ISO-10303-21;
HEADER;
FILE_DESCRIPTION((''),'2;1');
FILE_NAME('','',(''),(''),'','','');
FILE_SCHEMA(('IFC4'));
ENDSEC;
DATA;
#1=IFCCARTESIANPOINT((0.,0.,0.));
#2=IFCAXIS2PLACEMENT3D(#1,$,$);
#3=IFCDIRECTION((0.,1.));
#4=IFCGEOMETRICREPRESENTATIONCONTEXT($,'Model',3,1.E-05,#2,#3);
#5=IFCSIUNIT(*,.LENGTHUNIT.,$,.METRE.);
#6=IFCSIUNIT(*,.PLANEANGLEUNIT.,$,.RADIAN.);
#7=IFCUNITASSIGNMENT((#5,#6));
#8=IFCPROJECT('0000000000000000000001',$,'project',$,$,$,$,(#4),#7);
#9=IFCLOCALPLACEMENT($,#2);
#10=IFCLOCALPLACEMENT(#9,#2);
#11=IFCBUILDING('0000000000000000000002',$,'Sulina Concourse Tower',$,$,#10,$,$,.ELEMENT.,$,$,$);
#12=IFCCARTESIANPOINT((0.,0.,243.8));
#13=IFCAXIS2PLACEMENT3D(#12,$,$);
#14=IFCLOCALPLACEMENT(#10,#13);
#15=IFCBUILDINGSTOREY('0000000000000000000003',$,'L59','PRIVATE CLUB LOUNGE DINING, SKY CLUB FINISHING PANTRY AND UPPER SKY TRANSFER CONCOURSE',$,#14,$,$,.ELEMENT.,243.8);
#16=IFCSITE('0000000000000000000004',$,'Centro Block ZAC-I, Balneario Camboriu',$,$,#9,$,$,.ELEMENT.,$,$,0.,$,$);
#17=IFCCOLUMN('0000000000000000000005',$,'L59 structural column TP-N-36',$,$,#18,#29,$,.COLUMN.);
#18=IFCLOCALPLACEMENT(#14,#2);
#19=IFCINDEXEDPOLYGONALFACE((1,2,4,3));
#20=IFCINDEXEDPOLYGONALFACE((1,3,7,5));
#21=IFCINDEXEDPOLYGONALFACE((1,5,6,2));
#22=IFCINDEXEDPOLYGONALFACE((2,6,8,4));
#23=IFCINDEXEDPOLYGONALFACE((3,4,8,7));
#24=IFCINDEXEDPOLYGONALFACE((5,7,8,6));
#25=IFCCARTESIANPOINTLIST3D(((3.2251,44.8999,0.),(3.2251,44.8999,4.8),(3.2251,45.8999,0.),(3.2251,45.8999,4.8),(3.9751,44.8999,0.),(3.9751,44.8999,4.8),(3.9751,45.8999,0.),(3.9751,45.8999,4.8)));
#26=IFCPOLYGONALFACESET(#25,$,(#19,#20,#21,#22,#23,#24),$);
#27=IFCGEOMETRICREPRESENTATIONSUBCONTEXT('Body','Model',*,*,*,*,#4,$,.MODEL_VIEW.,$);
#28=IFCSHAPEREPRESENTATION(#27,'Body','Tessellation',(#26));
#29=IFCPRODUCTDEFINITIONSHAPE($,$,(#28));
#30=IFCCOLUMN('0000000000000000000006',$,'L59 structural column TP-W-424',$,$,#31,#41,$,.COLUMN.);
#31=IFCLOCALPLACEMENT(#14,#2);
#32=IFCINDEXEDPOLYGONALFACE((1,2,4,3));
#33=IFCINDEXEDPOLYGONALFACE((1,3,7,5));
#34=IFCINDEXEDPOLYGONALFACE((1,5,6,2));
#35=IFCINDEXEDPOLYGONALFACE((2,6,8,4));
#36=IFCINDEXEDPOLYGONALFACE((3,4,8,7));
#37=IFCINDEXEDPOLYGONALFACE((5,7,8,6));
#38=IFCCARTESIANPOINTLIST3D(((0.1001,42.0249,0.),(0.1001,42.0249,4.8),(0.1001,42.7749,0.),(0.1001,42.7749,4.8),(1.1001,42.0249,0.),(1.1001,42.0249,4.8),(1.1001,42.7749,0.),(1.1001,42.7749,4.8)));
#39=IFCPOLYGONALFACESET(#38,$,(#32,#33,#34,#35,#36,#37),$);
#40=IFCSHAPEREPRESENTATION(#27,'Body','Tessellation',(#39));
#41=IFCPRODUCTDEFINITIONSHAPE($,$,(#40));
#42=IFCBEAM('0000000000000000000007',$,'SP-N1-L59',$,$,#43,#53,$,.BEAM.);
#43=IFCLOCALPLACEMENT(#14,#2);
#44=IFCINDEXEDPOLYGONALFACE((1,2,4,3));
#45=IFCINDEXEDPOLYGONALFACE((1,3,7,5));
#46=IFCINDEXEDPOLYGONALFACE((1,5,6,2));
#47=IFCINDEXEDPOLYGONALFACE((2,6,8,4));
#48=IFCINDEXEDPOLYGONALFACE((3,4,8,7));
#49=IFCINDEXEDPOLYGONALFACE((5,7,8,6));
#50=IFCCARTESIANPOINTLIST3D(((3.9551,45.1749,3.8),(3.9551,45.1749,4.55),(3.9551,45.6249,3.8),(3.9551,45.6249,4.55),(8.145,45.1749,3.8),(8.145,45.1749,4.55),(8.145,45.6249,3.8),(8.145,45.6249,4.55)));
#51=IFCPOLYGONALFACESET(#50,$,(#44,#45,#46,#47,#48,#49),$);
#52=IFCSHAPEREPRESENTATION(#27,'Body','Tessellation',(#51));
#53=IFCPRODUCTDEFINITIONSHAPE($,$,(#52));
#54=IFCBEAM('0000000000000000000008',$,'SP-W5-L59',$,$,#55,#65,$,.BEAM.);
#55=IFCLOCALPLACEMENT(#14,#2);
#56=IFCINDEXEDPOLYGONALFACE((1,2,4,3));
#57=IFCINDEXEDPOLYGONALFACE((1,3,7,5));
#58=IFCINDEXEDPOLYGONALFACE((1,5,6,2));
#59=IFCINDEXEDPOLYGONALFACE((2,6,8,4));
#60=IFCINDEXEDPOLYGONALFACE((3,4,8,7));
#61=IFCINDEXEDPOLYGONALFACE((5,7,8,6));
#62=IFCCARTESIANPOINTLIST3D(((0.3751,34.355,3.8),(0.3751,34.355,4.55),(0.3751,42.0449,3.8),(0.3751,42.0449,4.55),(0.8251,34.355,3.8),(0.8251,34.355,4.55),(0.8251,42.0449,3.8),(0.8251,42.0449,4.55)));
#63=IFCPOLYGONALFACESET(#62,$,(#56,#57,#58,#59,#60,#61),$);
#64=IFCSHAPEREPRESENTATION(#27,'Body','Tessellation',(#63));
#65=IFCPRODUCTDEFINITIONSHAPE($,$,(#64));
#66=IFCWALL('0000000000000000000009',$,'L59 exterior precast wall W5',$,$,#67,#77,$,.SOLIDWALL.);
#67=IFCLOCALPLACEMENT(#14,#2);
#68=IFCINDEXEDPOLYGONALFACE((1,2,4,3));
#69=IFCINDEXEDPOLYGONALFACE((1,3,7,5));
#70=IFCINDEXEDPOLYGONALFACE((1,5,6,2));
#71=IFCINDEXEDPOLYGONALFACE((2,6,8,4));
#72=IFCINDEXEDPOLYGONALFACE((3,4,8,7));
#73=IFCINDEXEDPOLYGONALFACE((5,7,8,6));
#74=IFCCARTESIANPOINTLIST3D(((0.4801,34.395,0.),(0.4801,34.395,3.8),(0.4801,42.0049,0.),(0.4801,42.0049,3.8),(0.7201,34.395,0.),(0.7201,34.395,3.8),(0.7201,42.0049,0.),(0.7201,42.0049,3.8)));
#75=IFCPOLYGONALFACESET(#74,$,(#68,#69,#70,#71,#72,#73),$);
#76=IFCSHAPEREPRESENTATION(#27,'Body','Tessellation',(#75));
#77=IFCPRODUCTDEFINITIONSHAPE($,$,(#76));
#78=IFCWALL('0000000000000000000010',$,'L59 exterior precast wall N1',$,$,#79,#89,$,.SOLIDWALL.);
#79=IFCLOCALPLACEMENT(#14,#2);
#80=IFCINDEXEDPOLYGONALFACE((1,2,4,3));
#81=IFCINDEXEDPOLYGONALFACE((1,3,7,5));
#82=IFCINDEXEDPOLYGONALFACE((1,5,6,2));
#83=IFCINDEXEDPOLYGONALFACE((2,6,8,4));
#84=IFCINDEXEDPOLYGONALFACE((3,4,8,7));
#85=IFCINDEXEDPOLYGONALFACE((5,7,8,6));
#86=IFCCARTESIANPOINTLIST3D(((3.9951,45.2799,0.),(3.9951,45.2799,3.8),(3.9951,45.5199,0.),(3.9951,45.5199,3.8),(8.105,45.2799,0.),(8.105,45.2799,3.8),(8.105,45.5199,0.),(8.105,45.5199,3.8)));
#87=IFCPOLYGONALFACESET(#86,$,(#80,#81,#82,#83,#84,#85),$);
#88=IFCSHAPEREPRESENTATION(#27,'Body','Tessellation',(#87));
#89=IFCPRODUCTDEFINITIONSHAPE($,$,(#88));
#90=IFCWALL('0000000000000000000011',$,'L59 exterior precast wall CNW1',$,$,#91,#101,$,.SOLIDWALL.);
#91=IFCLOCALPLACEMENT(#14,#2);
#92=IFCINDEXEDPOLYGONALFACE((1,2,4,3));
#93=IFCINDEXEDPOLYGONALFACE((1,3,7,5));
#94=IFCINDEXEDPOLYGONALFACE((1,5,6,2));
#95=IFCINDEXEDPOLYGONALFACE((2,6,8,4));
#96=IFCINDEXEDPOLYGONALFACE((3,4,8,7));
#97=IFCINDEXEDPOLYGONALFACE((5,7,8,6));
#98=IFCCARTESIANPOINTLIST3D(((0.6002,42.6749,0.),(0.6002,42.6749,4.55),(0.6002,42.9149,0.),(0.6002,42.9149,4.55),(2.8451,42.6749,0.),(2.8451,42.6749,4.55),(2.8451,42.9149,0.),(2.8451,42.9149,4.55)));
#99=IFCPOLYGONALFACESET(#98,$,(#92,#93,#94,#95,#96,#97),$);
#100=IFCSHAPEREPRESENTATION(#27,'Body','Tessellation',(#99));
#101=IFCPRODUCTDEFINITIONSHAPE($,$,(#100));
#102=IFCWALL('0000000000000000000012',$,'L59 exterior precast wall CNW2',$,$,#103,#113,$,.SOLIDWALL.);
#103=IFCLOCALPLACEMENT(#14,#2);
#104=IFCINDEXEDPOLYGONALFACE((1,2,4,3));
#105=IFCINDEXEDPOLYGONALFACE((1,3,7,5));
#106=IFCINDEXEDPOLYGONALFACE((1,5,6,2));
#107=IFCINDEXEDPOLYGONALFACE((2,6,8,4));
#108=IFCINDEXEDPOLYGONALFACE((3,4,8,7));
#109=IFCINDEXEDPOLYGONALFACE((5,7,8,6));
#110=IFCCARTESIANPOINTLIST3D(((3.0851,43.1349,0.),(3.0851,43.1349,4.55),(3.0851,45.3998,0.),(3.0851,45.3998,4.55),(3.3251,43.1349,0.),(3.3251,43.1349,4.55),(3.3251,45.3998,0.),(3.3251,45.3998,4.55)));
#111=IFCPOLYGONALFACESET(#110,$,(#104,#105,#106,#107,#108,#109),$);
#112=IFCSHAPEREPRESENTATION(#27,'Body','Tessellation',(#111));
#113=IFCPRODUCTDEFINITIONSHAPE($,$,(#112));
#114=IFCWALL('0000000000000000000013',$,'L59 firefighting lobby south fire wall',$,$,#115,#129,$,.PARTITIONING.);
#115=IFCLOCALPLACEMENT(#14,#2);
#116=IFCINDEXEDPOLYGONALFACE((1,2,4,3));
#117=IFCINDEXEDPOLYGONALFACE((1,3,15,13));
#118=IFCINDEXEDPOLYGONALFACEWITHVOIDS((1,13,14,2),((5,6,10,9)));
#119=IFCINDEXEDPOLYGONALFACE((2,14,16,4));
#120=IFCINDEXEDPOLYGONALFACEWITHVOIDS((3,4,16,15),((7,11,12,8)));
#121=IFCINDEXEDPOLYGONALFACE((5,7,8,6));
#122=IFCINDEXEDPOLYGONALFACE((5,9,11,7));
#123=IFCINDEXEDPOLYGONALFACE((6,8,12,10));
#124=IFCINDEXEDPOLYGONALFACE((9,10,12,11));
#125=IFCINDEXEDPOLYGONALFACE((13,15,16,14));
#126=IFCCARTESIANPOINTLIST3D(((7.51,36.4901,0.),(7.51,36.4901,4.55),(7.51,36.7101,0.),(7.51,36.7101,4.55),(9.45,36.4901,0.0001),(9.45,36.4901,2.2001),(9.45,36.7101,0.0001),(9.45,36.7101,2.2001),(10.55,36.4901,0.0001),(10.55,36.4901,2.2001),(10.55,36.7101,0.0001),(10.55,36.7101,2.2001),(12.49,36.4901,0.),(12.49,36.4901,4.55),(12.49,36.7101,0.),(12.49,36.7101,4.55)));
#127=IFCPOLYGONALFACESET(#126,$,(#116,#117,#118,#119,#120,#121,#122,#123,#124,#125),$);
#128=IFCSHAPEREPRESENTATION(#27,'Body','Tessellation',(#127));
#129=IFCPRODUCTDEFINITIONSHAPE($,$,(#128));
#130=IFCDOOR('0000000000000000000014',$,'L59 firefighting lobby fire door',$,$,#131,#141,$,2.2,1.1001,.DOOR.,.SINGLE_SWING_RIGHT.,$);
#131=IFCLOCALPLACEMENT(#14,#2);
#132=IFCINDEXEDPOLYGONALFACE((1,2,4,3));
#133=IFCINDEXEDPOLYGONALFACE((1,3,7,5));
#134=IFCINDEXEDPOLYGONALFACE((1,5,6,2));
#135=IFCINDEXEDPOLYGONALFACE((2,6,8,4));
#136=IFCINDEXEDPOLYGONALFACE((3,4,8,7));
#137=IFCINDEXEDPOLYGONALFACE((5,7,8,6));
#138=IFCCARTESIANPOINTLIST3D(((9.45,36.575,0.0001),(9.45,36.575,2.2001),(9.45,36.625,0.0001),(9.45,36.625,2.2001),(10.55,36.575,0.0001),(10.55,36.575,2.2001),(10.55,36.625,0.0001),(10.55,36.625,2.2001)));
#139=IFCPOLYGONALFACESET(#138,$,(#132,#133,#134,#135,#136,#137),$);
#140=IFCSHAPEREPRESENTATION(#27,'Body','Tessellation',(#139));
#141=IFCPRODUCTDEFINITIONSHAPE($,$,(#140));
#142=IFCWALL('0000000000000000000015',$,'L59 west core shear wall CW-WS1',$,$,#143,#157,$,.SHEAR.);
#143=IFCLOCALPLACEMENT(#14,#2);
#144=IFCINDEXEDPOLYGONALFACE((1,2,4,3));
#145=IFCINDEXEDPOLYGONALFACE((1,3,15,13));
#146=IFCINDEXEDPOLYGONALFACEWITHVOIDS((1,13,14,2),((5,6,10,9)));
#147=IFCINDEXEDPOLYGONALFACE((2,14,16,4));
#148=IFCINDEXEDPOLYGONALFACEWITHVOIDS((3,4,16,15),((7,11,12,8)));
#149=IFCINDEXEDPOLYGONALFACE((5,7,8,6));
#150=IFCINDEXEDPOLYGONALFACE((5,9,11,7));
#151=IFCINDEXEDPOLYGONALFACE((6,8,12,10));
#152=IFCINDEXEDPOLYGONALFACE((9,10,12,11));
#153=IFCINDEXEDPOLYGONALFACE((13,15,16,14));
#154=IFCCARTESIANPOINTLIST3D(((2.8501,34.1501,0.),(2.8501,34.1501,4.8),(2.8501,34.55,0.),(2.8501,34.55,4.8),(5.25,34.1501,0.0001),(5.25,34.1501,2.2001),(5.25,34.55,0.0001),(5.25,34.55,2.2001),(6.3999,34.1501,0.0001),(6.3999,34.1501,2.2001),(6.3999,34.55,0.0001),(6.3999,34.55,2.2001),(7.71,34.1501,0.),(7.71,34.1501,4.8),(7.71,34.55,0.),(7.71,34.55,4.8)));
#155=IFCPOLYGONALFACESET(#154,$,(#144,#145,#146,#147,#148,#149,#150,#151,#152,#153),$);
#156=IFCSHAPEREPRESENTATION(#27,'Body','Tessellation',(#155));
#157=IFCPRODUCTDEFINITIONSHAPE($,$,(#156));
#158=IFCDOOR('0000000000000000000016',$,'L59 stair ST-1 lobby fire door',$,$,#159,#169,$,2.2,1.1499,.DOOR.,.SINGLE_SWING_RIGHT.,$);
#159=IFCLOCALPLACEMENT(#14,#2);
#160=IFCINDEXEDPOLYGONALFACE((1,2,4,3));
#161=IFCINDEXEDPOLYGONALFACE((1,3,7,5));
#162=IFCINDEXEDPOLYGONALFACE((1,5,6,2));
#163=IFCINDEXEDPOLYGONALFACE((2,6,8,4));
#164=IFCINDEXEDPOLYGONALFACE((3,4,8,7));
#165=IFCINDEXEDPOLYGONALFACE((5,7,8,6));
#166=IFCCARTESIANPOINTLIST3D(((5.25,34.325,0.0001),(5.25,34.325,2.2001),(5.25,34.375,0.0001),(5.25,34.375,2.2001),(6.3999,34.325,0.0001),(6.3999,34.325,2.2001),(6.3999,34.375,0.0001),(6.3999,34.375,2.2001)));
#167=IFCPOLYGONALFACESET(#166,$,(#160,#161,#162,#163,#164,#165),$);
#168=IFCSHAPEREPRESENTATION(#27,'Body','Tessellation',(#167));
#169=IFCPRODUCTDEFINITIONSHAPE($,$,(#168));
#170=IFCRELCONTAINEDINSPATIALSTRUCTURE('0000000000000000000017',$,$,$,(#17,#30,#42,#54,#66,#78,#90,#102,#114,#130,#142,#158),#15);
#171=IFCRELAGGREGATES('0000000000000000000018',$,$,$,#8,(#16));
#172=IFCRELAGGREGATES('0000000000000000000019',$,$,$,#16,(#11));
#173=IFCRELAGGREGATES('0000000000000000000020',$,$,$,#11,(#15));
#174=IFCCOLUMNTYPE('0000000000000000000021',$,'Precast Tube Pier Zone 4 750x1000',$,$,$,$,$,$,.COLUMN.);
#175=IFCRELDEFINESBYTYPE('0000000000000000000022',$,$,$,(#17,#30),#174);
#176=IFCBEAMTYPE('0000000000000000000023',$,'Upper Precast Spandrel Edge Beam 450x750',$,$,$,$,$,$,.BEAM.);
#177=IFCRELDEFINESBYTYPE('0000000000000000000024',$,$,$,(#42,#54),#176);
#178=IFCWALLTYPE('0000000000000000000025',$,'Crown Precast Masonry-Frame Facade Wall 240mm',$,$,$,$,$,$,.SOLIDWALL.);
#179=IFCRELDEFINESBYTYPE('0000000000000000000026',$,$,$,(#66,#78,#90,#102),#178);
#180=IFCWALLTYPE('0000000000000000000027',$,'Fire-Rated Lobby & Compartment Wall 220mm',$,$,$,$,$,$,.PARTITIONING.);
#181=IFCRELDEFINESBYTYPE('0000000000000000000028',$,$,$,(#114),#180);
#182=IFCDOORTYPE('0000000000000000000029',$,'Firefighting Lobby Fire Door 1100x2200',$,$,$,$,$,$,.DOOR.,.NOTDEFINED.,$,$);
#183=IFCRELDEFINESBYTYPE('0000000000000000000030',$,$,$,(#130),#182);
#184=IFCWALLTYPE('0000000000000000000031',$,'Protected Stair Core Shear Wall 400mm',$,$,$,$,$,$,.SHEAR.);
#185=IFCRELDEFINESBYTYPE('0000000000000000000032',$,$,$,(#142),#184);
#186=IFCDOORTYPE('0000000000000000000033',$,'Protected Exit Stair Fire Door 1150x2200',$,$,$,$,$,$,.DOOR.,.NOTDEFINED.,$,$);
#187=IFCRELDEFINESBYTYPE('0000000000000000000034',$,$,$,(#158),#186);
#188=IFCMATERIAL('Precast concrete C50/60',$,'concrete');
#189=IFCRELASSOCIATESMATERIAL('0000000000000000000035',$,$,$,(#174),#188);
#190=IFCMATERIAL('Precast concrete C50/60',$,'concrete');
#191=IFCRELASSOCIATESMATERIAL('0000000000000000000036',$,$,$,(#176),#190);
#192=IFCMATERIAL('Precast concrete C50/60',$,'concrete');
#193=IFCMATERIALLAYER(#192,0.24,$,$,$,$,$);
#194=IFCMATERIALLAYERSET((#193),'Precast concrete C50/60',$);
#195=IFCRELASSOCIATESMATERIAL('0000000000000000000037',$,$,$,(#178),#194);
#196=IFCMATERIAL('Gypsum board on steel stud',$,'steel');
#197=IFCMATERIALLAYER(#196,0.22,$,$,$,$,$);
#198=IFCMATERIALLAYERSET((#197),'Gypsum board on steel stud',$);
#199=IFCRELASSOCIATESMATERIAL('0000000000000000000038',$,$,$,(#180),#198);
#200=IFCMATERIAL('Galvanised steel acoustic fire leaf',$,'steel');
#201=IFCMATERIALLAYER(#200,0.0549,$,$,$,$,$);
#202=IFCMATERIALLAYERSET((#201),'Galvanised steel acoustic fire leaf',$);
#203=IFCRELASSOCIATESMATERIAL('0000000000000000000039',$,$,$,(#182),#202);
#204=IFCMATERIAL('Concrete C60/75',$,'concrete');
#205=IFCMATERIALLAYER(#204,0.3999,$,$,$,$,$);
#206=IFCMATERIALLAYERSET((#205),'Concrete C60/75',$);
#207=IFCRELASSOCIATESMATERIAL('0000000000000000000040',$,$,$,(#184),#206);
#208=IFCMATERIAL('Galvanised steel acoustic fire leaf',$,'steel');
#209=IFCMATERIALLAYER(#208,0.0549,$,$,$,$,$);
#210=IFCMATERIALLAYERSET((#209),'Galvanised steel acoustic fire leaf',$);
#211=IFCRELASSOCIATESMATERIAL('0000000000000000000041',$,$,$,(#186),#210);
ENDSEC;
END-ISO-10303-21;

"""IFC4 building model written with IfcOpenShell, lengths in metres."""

from ifc_helpers import new_model, si_unit, direction, frame, frame_2d, origin, origin_2d, place, context, subcontext, project, spatial, rectangle, extrude, material, layer, layer_set, material_profile, profile_set, type_object, element, fill, save


model = new_model("IFC4")

# Units and contexts
model_context = context("Model", 3, precision=1e-05, world=origin(), true_north=direction((0.0, 1.0)))
body_context = subcontext(model_context, "Body", "Model", "MODEL_VIEW")
ifc_project = project(units=[si_unit("LENGTHUNIT", "METRE"), si_unit("PLANEANGLEUNIT", "RADIAN")], contexts=[model_context])

# Site, building, storey
site_placement = place(None, origin())
site = spatial("IfcSite", under=ifc_project, at=site_placement, Name="Centro Block ZAC-I, Balneario Camboriu", CompositionType="ELEMENT", RefElevation=0.0)
building_placement = place(site_placement, origin())
building = spatial("IfcBuilding", under=site, at=building_placement, Name="Sulina Concourse Tower", CompositionType="ELEMENT")
storey_placement = place(building_placement, frame((0.0, 0.0, 243.8)))
storey = spatial("IfcBuildingStorey", under=building, at=storey_placement, Name="L59", Description="PRIVATE CLUB LOUNGE DINING, SKY CLUB FINISHING PANTRY AND UPPER SKY TRANSFER CONCOURSE", CompositionType="ELEMENT", Elevation=243.8)

# Columns
ifc_material_1 = material(Name="Precast concrete C50/60", Category="concrete")
ifc_material_profile_1 = material_profile(ifc_material_1, rectangle(XDim=0.75, YDim=1.0, at=origin_2d()), Name="PC 750x1000")
ifc_profile_set_1 = profile_set([ifc_material_profile_1], Name="Precast concrete C50/60")
column_type = type_object("IfcColumnType", Name="Precast Tube Pier Zone 4 750x1000", PredefinedType="COLUMN", material=ifc_profile_set_1)
for number, where, z_axis, x_axis, name in (
    (1, (3.6001, 45.3999, 0.0), (0.0, 0.0, 1.0), (1.0, 0.0, 0.0), "L59 structural column TP-N-36"),
    (2, (0.6001, 42.3999, 0.0), (0.0, 0.0, 1.0), (0.0, 1.0, 0.0), "L59 structural column TP-W-424"),
):
    element("IfcColumn", number, at=place(storey_placement, frame(where, z_axis=z_axis, x_axis=x_axis)), inside=storey, type_object=column_type, Name=name, PredefinedType="COLUMN", context=body_context, shape_type="SweptSolid", body=[
        extrude(rectangle(XDim=0.75, YDim=1.0, at=origin_2d()), origin(), (0.0, 0.0, 1.0), 4.8),
    ])

# Beams
ifc_material_2 = material(Name="Precast concrete C50/60", Category="concrete")
ifc_material_profile_2 = material_profile(ifc_material_2, rectangle(XDim=0.45, YDim=0.75, at=origin_2d()), Name="RC 450x750")
ifc_profile_set_2 = profile_set([ifc_material_profile_2], Name="Precast concrete C50/60")
beam_type = type_object("IfcBeamType", Name="Upper Precast Spandrel Edge Beam 450x750", PredefinedType="BEAM", material=ifc_profile_set_2)
beam_1_placement = place(storey_placement, frame((3.9551, 45.3999, 4.175), z_axis=(1.0, 0.0, 0.0), x_axis=(0.0, 1.0, 0.0)))
element("IfcBeam", 3, at=beam_1_placement, inside=storey, type_object=beam_type, Name="SP-N1-L59", PredefinedType="BEAM", context=body_context, shape_type="SweptSolid", body=[
    extrude(rectangle(XDim=0.45, YDim=0.75, at=origin_2d()), origin(), (0.0, 0.0, 1.0), 4.1899),
])
beam_2_placement = place(storey_placement, frame((0.6001, 34.355, 4.175), z_axis=(0.0, 1.0, 0.0), x_axis=(-1.0, 0.0, 0.0)))
element("IfcBeam", 4, at=beam_2_placement, inside=storey, type_object=beam_type, Name="SP-W5-L59", PredefinedType="BEAM", context=body_context, shape_type="SweptSolid", body=[
    extrude(rectangle(XDim=0.45, YDim=0.75, at=origin_2d()), origin(), (0.0, 0.0, 1.0), 7.6899),
])

# Walls
ifc_material_3 = material(Name="Precast concrete C50/60", Category="concrete")
ifc_layer_1 = layer(ifc_material_3, 0.24)
ifc_layer_set_1 = layer_set([ifc_layer_1], Name="Precast concrete C50/60")
wall_type_1 = type_object("IfcWallType", Name="Crown Precast Masonry-Frame Facade Wall 240mm", PredefinedType="SOLIDWALL", material=ifc_layer_set_1)
wall_1_placement = place(storey_placement, frame((0.6001, 34.395, 0.0), z_axis=(0.0, 0.0, 1.0), x_axis=(0.0, 1.0, 0.0)))
element("IfcWall", 5, at=wall_1_placement, inside=storey, type_object=wall_type_1, Name="L59 exterior precast wall W5", PredefinedType="SOLIDWALL", context=body_context, shape_type="SweptSolid", body=[
    extrude(rectangle(XDim=7.6099, YDim=0.24, at=frame_2d((3.8049, 0.0))), origin(), (0.0, 0.0, 1.0), 3.8),
])
wall_2_placement = place(storey_placement, frame((3.9951, 45.3999, 0.0), z_axis=(0.0, 0.0, 1.0), x_axis=(1.0, 0.0, 0.0)))
element("IfcWall", 6, at=wall_2_placement, inside=storey, type_object=wall_type_1, Name="L59 exterior precast wall N1", PredefinedType="SOLIDWALL", context=body_context, shape_type="SweptSolid", body=[
    extrude(rectangle(XDim=4.1099, YDim=0.24, at=frame_2d((2.0549, 0.0))), origin(), (0.0, 0.0, 1.0), 3.8),
])
wall_3_placement = place(storey_placement, frame((0.6001, 42.7949, 0.0), z_axis=(0.0, 0.0, 1.0), x_axis=(1.0, 0.0, 0.0)))
element("IfcWall", 7, at=wall_3_placement, inside=storey, type_object=wall_type_1, Name="L59 exterior precast wall CNW1", PredefinedType="SOLIDWALL", context=body_context, shape_type="SweptSolid", body=[
    extrude(rectangle(XDim=2.2449, YDim=0.24, at=frame_2d((1.1226, 0.0))), origin(), (0.0, 0.0, 1.0), 4.55),
])
wall_4_placement = place(storey_placement, frame((3.2051, 43.135, 0.0), z_axis=(0.0, 0.0, 1.0), x_axis=(0.0, 1.0, 0.0)))
element("IfcWall", 8, at=wall_4_placement, inside=storey, type_object=wall_type_1, Name="L59 exterior precast wall CNW2", PredefinedType="SOLIDWALL", context=body_context, shape_type="SweptSolid", body=[
    extrude(rectangle(XDim=2.2649, YDim=0.24, at=frame_2d((1.1323, 0.0))), origin(), (0.0, 0.0, 1.0), 4.55),
])

# Walls, openings, doors
ifc_material_4 = material(Name="Gypsum board on steel stud", Category="steel")
ifc_layer_2 = layer(ifc_material_4, 0.22)
ifc_layer_set_2 = layer_set([ifc_layer_2], Name="Gypsum board on steel stud")
wall_type_2 = type_object("IfcWallType", Name="Fire-Rated Lobby & Compartment Wall 220mm", PredefinedType="PARTITIONING", material=ifc_layer_set_2)
wall_5_placement = place(storey_placement, frame((7.51, 36.6001, 0.0), z_axis=(0.0, 0.0, 1.0), x_axis=(1.0, 0.0, 0.0)))
wall_5 = element("IfcWall", 9, at=wall_5_placement, inside=storey, type_object=wall_type_2, Name="L59 firefighting lobby south fire wall", PredefinedType="PARTITIONING", context=body_context, shape_type="SweptSolid", body=[
    extrude(rectangle(XDim=4.98, YDim=0.22, at=frame_2d((2.49, 0.0))), origin(), (0.0, 0.0, 1.0), 4.55),
])
opening_1_placement = place(wall_5_placement, frame((1.9399, 0.0, 0.0)))
opening_1 = element("IfcOpeningElement", 10, at=opening_1_placement, cuts=wall_5, PredefinedType="OPENING", context=body_context, shape_type="SweptSolid", body=[
    extrude(rectangle(XDim=1.1001, YDim=2.2, at=frame_2d((0.55, 1.1001))), frame((0.0, 0.1199, 0.0), z_axis=(0.0, -1.0, 0.0), x_axis=(1.0, 0.0, 0.0)), (0.0, 0.0, 1.0), 0.24),
])
ifc_material_5 = material(Name="Galvanised steel acoustic fire leaf", Category="steel")
ifc_layer_3 = layer(ifc_material_5, 0.0549)
ifc_layer_set_3 = layer_set([ifc_layer_3], Name="Galvanised steel acoustic fire leaf")
door_type_1 = type_object("IfcDoorType", Name="Firefighting Lobby Fire Door 1100x2200", OperationType="NOTDEFINED", PredefinedType="DOOR", material=ifc_layer_set_3)
door_1_placement = place(opening_1_placement, origin())
door_1 = element("IfcDoor", 11, at=door_1_placement, inside=storey, type_object=door_type_1, Name="L59 firefighting lobby fire door", OperationType="SINGLE_SWING_RIGHT", OverallHeight=2.2, OverallWidth=1.1001, PredefinedType="DOOR", context=body_context, shape_type="SweptSolid", body=[
    extrude(rectangle(XDim=1.1001, YDim=2.2, at=frame_2d((0.55, 1.1001))), frame((0.0, 0.0249, 0.0), z_axis=(0.0, -1.0, 0.0), x_axis=(1.0, 0.0, 0.0)), (0.0, 0.0, 1.0), 0.05),
])
fill(opening_1, door_1)
ifc_material_6 = material(Name="Concrete C60/75", Category="concrete")
ifc_layer_4 = layer(ifc_material_6, 0.3999)
ifc_layer_set_4 = layer_set([ifc_layer_4], Name="Concrete C60/75")
wall_type_3 = type_object("IfcWallType", Name="Protected Stair Core Shear Wall 400mm", PredefinedType="SHEAR", material=ifc_layer_set_4)
wall_6_placement = place(storey_placement, frame((2.8501, 34.3501, 0.0), z_axis=(0.0, 0.0, 1.0), x_axis=(1.0, 0.0, 0.0)))
wall_6 = element("IfcWall", 12, at=wall_6_placement, inside=storey, type_object=wall_type_3, Name="L59 west core shear wall CW-WS1", PredefinedType="SHEAR", context=body_context, shape_type="SweptSolid", body=[
    extrude(rectangle(XDim=4.8599, YDim=0.3999, at=frame_2d((2.4299, 0.0))), origin(), (0.0, 0.0, 1.0), 4.8),
])
opening_2_placement = place(wall_6_placement, frame((2.3999, 0.0, 0.0)))
opening_2 = element("IfcOpeningElement", 13, at=opening_2_placement, cuts=wall_6, PredefinedType="OPENING", context=body_context, shape_type="SweptSolid", body=[
    extrude(rectangle(XDim=1.1499, YDim=2.2, at=frame_2d((0.575, 1.1001))), frame((0.0, 0.21, 0.0), z_axis=(0.0, -1.0, 0.0), x_axis=(1.0, 0.0, 0.0)), (0.0, 0.0, 1.0), 0.4199),
])
ifc_material_7 = material(Name="Galvanised steel acoustic fire leaf", Category="steel")
ifc_layer_5 = layer(ifc_material_7, 0.0549)
ifc_layer_set_5 = layer_set([ifc_layer_5], Name="Galvanised steel acoustic fire leaf")
door_type_2 = type_object("IfcDoorType", Name="Protected Exit Stair Fire Door 1150x2200", OperationType="NOTDEFINED", PredefinedType="DOOR", material=ifc_layer_set_5)
door_2_placement = place(opening_2_placement, origin())
door_2 = element("IfcDoor", 14, at=door_2_placement, inside=storey, type_object=door_type_2, Name="L59 stair ST-1 lobby fire door", OperationType="SINGLE_SWING_RIGHT", OverallHeight=2.2, OverallWidth=1.1499, PredefinedType="DOOR", context=body_context, shape_type="SweptSolid", body=[
    extrude(rectangle(XDim=1.1499, YDim=2.2, at=frame_2d((0.575, 1.1001))), frame((0.0, 0.0249, 0.0), z_axis=(0.0, -1.0, 0.0), x_axis=(1.0, 0.0, 0.0)), (0.0, 0.0, 1.0), 0.05),
])
fill(opening_2, door_2)

save(model, "model.ifc")
